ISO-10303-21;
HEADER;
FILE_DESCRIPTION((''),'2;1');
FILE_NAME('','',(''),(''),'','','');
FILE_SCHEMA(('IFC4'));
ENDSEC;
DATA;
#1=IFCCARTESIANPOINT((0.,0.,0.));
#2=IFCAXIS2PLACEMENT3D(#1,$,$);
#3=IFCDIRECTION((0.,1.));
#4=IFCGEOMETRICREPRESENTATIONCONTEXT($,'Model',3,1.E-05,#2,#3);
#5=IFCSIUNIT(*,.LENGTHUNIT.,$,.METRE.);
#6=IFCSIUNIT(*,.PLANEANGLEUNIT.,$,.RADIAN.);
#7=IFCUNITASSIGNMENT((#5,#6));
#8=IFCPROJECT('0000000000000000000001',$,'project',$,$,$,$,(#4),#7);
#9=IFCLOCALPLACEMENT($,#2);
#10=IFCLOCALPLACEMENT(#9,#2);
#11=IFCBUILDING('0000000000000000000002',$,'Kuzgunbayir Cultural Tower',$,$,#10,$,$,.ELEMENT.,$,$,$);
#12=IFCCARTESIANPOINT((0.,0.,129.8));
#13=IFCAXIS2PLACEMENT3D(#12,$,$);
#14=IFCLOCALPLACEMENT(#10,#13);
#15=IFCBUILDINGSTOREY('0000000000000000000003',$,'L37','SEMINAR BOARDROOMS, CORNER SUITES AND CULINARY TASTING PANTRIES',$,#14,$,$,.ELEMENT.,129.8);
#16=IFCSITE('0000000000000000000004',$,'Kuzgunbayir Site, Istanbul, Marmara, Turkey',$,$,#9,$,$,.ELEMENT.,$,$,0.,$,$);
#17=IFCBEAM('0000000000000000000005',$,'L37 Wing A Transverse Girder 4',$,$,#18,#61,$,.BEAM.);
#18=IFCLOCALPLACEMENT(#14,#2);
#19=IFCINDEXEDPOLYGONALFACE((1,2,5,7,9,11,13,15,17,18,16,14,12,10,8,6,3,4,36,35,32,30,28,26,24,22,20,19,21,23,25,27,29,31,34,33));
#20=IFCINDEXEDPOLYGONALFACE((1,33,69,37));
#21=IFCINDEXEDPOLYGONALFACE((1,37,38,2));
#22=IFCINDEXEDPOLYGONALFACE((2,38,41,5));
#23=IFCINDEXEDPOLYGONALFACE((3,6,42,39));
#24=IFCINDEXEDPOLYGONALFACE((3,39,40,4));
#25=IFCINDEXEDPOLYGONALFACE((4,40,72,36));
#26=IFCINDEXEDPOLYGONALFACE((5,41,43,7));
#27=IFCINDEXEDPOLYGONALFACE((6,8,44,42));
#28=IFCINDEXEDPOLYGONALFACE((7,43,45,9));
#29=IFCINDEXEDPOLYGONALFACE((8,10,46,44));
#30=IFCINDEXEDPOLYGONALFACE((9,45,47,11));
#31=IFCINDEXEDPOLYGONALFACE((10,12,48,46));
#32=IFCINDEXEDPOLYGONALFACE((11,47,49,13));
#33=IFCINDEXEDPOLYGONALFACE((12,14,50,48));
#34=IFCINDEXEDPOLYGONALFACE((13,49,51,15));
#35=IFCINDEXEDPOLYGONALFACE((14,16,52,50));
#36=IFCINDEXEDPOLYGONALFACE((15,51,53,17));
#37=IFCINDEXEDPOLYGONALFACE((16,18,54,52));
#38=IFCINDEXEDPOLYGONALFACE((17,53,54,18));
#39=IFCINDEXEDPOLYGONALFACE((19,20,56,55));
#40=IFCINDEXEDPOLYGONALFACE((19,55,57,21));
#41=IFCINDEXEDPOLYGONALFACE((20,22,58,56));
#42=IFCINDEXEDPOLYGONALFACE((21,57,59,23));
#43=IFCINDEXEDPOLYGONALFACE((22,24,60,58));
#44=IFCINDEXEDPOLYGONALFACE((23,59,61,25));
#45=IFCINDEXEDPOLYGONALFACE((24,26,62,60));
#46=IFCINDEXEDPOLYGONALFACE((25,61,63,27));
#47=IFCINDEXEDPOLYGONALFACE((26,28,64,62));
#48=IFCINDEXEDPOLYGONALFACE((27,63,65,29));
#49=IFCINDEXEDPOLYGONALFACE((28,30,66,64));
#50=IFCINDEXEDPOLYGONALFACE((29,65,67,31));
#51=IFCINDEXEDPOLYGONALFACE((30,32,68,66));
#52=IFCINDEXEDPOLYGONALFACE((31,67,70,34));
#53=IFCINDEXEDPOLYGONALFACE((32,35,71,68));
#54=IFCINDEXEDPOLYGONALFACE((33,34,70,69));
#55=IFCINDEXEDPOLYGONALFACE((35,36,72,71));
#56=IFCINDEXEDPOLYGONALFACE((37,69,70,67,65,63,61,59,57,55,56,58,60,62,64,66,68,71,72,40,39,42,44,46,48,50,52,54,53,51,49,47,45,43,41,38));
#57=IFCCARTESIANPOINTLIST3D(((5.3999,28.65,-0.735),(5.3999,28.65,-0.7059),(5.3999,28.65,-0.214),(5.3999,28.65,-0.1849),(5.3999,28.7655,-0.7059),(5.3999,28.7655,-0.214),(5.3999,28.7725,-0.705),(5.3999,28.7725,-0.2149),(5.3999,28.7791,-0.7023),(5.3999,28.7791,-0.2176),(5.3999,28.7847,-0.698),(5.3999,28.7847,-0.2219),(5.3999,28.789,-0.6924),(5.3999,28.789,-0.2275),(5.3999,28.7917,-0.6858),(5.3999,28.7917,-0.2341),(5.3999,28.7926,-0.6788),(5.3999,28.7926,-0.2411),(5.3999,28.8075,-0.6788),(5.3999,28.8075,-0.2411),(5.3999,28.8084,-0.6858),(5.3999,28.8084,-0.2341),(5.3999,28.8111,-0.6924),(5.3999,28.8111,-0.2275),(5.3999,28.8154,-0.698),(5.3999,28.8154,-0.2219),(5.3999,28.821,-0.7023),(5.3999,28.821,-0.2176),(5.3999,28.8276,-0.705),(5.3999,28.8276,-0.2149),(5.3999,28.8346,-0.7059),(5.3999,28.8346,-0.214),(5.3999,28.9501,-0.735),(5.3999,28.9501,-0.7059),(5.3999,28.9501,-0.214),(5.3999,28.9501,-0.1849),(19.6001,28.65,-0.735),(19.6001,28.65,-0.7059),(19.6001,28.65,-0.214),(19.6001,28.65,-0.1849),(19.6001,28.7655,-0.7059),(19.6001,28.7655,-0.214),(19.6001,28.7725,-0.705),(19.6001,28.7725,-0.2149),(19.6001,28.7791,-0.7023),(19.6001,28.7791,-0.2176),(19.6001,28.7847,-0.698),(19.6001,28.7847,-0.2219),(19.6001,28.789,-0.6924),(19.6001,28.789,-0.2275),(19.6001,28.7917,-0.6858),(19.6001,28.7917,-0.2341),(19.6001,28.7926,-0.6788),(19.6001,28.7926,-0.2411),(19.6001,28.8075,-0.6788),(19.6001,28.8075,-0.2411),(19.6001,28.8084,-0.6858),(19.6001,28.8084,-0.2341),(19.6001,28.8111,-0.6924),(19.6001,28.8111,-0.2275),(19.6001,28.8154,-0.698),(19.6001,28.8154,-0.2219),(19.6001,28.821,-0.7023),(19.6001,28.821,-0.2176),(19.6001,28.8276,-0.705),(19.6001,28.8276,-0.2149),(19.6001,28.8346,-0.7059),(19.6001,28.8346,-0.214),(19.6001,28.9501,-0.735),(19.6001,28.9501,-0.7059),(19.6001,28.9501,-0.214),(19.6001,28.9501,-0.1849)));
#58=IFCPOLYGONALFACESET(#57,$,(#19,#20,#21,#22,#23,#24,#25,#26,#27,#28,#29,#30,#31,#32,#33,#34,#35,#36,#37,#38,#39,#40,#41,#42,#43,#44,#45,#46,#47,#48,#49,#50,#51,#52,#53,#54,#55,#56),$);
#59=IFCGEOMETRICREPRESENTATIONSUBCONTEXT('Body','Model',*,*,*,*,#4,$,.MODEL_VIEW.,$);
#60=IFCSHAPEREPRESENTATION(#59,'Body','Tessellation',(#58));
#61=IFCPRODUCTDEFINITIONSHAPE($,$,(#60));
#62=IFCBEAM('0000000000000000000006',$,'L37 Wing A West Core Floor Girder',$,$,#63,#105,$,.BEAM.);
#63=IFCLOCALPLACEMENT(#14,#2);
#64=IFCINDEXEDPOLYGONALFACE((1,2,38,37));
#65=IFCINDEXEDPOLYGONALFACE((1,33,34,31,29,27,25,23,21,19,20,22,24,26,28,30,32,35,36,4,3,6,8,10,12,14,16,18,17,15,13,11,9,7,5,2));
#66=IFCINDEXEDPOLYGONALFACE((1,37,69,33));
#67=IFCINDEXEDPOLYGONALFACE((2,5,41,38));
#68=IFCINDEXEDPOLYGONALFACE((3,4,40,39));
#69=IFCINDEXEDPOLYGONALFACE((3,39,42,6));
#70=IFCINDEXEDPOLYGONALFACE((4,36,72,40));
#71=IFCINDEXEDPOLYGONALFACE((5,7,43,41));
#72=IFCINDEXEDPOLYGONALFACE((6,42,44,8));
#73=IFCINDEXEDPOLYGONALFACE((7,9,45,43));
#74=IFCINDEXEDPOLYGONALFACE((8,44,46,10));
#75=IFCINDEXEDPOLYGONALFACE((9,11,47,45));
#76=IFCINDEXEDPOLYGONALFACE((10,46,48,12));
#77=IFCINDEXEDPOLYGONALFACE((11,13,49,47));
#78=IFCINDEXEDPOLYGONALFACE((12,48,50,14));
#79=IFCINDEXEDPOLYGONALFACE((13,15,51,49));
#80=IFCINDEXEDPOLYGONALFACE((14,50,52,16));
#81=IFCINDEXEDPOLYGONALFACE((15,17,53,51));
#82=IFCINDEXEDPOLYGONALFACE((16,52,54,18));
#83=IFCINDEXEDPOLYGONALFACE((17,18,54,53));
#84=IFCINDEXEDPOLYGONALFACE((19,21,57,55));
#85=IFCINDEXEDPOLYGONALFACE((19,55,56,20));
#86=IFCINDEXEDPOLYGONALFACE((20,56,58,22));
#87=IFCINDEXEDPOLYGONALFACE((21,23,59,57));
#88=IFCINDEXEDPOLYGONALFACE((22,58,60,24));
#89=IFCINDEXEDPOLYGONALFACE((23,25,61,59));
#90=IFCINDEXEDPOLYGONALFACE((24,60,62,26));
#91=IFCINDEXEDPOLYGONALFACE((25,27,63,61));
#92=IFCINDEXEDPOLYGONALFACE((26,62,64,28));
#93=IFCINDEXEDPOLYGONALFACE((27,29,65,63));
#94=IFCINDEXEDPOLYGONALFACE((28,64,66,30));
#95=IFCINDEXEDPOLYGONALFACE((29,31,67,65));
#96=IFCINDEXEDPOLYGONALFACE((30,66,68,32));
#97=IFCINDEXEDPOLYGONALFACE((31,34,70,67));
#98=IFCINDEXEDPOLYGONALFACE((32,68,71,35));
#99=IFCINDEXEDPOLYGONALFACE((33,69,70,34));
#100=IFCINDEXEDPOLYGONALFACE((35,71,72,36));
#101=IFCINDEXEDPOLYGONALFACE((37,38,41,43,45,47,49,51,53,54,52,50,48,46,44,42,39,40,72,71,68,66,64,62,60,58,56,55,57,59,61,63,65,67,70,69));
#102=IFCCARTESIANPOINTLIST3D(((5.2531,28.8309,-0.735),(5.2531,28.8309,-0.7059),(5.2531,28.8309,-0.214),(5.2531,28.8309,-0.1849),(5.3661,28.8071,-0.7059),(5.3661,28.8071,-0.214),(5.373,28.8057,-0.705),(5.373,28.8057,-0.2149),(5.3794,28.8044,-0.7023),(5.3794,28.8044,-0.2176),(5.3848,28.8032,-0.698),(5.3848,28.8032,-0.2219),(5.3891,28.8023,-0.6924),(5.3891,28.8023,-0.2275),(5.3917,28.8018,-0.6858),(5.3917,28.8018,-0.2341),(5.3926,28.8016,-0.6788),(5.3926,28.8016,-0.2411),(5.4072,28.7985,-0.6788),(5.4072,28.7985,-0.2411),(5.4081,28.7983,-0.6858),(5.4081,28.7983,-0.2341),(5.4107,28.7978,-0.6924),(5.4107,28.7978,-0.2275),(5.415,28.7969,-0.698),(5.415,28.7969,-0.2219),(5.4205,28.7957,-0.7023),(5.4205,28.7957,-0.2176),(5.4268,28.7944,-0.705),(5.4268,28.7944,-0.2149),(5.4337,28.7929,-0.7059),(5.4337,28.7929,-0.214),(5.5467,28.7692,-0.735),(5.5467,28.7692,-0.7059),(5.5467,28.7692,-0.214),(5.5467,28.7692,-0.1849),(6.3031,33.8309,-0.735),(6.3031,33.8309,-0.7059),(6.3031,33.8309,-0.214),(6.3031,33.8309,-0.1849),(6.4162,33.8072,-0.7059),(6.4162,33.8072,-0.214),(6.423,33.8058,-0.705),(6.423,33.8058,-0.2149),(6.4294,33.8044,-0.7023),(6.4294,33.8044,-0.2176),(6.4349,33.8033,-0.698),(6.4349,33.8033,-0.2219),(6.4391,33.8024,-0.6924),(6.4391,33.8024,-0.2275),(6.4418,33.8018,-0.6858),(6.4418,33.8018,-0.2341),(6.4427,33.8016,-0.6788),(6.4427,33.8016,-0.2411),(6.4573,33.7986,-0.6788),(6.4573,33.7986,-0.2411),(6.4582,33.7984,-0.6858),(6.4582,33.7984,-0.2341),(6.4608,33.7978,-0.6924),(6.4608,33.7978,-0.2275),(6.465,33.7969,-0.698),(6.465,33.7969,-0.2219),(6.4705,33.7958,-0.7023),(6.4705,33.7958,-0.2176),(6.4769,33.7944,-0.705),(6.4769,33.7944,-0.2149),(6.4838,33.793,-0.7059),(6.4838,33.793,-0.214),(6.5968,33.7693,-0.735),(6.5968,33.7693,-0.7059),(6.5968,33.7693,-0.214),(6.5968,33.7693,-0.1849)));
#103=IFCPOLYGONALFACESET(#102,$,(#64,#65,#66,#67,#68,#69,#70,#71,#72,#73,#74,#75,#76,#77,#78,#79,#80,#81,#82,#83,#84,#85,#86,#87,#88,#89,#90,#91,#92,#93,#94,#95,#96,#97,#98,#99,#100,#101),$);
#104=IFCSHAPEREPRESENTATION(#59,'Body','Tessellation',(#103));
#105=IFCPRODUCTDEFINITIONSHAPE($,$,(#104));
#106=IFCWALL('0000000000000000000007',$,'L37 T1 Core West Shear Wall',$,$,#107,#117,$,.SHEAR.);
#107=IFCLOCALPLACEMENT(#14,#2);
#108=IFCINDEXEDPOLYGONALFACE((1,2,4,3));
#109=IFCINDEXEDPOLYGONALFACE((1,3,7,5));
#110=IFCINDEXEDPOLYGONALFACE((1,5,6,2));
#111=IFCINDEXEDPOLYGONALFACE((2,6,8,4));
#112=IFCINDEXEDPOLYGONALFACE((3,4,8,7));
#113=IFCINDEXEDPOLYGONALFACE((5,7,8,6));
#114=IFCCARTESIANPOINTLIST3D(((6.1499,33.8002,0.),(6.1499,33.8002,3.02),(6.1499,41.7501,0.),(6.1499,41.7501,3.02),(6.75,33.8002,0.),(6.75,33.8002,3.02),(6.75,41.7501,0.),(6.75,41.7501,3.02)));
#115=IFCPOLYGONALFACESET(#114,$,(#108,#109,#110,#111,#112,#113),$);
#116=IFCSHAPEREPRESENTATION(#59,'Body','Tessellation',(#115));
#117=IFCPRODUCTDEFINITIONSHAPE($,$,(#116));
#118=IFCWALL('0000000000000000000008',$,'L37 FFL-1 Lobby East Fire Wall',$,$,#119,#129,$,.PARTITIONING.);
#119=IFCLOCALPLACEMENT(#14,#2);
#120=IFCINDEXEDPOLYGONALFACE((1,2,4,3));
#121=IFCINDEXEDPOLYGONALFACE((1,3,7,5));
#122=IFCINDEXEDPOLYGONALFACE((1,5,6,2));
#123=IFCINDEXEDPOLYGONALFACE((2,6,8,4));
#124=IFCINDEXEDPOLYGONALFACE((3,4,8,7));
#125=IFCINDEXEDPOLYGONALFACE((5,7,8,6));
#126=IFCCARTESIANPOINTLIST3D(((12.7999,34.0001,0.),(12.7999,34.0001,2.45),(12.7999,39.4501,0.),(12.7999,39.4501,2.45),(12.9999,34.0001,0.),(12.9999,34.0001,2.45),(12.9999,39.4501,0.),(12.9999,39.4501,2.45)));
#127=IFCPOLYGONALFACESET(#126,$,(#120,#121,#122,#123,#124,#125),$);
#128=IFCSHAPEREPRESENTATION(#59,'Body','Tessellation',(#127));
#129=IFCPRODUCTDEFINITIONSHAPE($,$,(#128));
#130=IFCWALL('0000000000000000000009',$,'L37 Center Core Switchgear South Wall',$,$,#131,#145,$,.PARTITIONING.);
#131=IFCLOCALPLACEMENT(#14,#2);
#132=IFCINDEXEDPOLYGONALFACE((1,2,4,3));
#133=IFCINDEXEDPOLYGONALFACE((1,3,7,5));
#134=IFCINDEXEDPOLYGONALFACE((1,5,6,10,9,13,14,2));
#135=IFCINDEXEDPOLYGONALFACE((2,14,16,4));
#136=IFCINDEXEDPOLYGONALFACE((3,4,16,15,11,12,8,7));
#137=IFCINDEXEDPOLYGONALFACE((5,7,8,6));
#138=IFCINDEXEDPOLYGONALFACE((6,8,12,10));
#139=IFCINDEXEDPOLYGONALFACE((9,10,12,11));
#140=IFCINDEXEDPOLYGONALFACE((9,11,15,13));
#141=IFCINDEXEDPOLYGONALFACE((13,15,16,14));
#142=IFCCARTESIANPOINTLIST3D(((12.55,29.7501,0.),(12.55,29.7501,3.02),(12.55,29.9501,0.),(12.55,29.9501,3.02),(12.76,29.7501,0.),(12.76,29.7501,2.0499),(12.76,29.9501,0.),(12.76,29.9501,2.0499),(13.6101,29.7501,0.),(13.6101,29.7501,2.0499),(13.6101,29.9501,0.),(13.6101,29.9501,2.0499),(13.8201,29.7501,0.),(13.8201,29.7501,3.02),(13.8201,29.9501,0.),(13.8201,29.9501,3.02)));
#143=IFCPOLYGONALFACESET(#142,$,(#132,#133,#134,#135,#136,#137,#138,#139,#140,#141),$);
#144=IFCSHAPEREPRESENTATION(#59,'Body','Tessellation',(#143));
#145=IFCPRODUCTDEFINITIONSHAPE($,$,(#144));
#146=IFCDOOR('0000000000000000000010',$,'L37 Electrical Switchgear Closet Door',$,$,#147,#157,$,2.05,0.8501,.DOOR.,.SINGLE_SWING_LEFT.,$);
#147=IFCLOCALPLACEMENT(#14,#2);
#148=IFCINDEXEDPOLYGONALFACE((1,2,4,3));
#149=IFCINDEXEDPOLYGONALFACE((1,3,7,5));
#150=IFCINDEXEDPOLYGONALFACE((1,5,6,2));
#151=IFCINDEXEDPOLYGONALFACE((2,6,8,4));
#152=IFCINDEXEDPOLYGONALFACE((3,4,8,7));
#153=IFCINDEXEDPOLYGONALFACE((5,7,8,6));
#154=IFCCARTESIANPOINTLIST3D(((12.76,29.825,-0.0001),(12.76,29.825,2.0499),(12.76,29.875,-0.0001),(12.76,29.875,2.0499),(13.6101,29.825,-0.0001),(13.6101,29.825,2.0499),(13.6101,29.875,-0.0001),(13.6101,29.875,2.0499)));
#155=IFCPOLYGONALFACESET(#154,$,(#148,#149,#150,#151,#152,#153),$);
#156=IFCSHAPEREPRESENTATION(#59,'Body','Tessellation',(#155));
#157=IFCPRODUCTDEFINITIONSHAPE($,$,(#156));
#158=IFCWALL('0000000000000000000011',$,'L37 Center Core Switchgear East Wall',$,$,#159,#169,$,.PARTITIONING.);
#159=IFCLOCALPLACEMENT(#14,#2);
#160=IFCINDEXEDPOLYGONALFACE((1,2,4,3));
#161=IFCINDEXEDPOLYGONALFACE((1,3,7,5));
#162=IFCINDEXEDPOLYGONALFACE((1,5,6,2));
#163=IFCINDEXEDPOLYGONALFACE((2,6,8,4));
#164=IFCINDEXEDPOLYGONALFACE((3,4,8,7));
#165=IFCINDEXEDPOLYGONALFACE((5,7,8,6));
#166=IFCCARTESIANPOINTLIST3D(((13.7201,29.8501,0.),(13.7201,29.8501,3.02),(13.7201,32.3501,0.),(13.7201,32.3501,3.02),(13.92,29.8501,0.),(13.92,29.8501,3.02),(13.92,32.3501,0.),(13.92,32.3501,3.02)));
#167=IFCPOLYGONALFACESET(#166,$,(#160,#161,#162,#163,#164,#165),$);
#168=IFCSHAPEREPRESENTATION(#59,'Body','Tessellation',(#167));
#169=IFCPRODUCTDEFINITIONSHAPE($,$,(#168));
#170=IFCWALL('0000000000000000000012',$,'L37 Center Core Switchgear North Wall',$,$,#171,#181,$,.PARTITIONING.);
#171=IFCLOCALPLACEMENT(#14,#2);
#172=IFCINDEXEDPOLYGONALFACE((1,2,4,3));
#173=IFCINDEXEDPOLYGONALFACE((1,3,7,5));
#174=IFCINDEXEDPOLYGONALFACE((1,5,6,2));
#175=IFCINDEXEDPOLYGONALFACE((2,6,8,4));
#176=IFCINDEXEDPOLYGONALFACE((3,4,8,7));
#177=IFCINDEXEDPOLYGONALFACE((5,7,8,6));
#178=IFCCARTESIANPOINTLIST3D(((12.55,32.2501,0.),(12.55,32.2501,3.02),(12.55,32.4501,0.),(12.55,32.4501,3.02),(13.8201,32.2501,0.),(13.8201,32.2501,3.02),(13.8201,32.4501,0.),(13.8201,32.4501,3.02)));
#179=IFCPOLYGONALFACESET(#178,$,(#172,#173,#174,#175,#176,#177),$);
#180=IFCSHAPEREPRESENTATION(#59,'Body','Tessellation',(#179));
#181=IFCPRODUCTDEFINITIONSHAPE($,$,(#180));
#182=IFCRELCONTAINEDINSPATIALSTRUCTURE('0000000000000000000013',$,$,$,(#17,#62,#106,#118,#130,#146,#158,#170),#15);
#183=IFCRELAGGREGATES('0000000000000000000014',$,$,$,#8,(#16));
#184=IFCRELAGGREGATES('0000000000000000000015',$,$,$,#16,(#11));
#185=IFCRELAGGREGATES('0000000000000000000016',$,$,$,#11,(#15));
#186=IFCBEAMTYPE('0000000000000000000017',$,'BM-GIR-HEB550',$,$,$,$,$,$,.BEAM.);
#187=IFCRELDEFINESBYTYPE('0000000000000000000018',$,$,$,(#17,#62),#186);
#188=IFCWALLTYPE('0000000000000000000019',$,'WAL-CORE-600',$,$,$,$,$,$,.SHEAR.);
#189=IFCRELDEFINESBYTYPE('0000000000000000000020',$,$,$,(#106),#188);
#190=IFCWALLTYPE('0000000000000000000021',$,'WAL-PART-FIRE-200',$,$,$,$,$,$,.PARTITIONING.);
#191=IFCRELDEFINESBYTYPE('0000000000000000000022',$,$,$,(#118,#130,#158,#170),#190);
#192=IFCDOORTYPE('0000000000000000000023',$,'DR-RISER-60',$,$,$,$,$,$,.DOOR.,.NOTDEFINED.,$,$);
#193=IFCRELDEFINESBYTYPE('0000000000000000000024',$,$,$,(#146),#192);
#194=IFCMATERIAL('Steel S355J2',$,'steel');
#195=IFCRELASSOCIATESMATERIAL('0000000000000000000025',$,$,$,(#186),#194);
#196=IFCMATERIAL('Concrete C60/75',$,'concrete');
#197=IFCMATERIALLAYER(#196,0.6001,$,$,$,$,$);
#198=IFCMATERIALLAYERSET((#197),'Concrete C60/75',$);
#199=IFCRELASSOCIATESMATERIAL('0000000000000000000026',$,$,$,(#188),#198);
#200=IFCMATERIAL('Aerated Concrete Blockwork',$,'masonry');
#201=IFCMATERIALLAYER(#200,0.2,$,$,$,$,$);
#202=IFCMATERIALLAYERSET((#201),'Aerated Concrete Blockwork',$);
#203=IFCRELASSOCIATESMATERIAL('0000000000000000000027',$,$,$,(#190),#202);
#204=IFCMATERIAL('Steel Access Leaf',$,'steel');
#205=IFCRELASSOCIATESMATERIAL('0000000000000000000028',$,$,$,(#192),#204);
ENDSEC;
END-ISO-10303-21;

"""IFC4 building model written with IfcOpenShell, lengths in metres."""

from ifc_helpers import new_model, si_unit, direction, frame, frame_2d, origin, origin_2d, place, context, subcontext, project, spatial, rectangle, i_section, extrude, material, layer, layer_set, material_profile, profile_set, type_object, element, fill, save


model = new_model("IFC4")

# Units and contexts
model_context = context("Model", 3, precision=1e-05, world=origin(), true_north=direction((0.0, 1.0)))
body_context = subcontext(model_context, "Body", "Model", "MODEL_VIEW")
ifc_project = project(units=[si_unit("LENGTHUNIT", "METRE"), si_unit("PLANEANGLEUNIT", "RADIAN")], contexts=[model_context])

# Site, building, storey
site_placement = place(None, origin())
site = spatial("IfcSite", under=ifc_project, at=site_placement, Name="Kuzgunbayir Site, Istanbul, Marmara, Turkey", CompositionType="ELEMENT", RefElevation=0.0)
building_placement = place(site_placement, origin())
building = spatial("IfcBuilding", under=site, at=building_placement, Name="Kuzgunbayir Cultural Tower", CompositionType="ELEMENT")
storey_placement = place(building_placement, frame((0.0, 0.0, 129.8)))
storey = spatial("IfcBuildingStorey", under=building, at=storey_placement, Name="L37", Description="SEMINAR BOARDROOMS, CORNER SUITES AND CULINARY TASTING PANTRIES", CompositionType="ELEMENT", Elevation=129.8)

# Beams
ifc_material_1 = material(Name="Steel S355J2", Category="steel")
ifc_material_profile_1 = material_profile(ifc_material_1, i_section(OverallWidth=0.3, OverallDepth=0.55, WebThickness=0.0149, FlangeThickness=0.0291, FilletRadius=0.0271, at=origin_2d()), Name="HEB 550")
ifc_profile_set_1 = profile_set([ifc_material_profile_1], Name="Steel S355J2")
beam_type = type_object("IfcBeamType", Name="BM-GIR-HEB550", PredefinedType="BEAM", material=ifc_profile_set_1)
beam_1_placement = place(storey_placement, frame((5.3999, 28.8, -0.46), z_axis=(1.0, 0.0, 0.0), x_axis=(0.0, 1.0, 0.0)))
element("IfcBeam", 1, at=beam_1_placement, inside=storey, type_object=beam_type, Name="L37 Wing A Transverse Girder 4", PredefinedType="BEAM", context=body_context, shape_type="SweptSolid", body=[
    extrude(i_section(OverallWidth=0.3, OverallDepth=0.55, WebThickness=0.0149, FlangeThickness=0.0291, FilletRadius=0.0271, at=origin_2d()), origin(), (0.0, 0.0, 1.0), 14.2002),
])
beam_2_placement = place(storey_placement, frame((5.3999, 28.8, -0.46), z_axis=(0.205526, 0.978652, 0.0), x_axis=(-0.978652, 0.205526, 0.0)))
element("IfcBeam", 2, at=beam_2_placement, inside=storey, type_object=beam_type, Name="L37 Wing A West Core Floor Girder", PredefinedType="BEAM", context=body_context, shape_type="SweptSolid", body=[
    extrude(i_section(OverallWidth=0.3, OverallDepth=0.55, WebThickness=0.0149, FlangeThickness=0.0291, FilletRadius=0.0271, at=origin_2d()), origin(), (0.0, 0.0, 1.0), 5.1091),
])

# Walls
ifc_material_2 = material(Name="Concrete C60/75", Category="concrete")
ifc_layer_1 = layer(ifc_material_2, 0.6001)
ifc_layer_set_1 = layer_set([ifc_layer_1], Name="Concrete C60/75")
wall_type_1 = type_object("IfcWallType", Name="WAL-CORE-600", PredefinedType="SHEAR", material=ifc_layer_set_1)
wall_1_placement = place(storey_placement, frame((6.45, 33.8, 0.0), z_axis=(0.0, 0.0, 1.0), x_axis=(0.0, 1.0, 0.0)))
element("IfcWall", 3, at=wall_1_placement, inside=storey, type_object=wall_type_1, Name="L37 T1 Core West Shear Wall", PredefinedType="SHEAR", context=body_context, shape_type="SweptSolid", body=[
    extrude(rectangle(XDim=7.95, YDim=0.6001, at=frame_2d((3.9751, 0.0))), origin(), (0.0, 0.0, 1.0), 3.02),
])
ifc_material_3 = material(Name="Aerated Concrete Blockwork", Category="masonry")
ifc_layer_2 = layer(ifc_material_3, 0.2)
ifc_layer_set_2 = layer_set([ifc_layer_2], Name="Aerated Concrete Blockwork")
wall_type_2 = type_object("IfcWallType", Name="WAL-PART-FIRE-200", PredefinedType="PARTITIONING", material=ifc_layer_set_2)
wall_2_placement = place(storey_placement, frame((12.8999, 34.0, 0.0), z_axis=(0.0, 0.0, 1.0), x_axis=(0.0, 1.0, 0.0)))
element("IfcWall", 4, at=wall_2_placement, inside=storey, type_object=wall_type_2, Name="L37 FFL-1 Lobby East Fire Wall", PredefinedType="PARTITIONING", context=body_context, shape_type="SweptSolid", body=[
    extrude(rectangle(XDim=5.45, YDim=0.2, at=frame_2d((2.7251, 0.0))), origin(), (0.0, 0.0, 1.0), 2.45),
])

# Wall, opening, door
wall_3_placement = place(storey_placement, frame((12.55, 29.8501, 0.0), z_axis=(0.0, 0.0, 1.0), x_axis=(1.0, 0.0, 0.0)))
wall_3 = element("IfcWall", 5, at=wall_3_placement, inside=storey, type_object=wall_type_2, Name="L37 Center Core Switchgear South Wall", PredefinedType="PARTITIONING", context=body_context, shape_type="SweptSolid", body=[
    extrude(rectangle(XDim=1.27, YDim=0.2, at=frame_2d((0.635, 0.0))), origin(), (0.0, 0.0, 1.0), 3.02),
])
opening_1_placement = place(wall_3_placement, frame((0.21, 0.0, 0.0)))
opening_1 = element("IfcOpeningElement", 6, at=opening_1_placement, cuts=wall_3, PredefinedType="OPENING", context=body_context, shape_type="SweptSolid", body=[
    extrude(rectangle(XDim=0.8501, YDim=2.05, at=frame_2d((0.425, 1.0249))), frame((0.0, 0.1099, 0.0), z_axis=(0.0, -1.0, 0.0), x_axis=(1.0, 0.0, 0.0)), (0.0, 0.0, 1.0), 0.22),
])
ifc_material_4 = material(Name="Steel Access Leaf", Category="steel")
door_type_1 = type_object("IfcDoorType", Name="DR-RISER-60", OperationType="NOTDEFINED", PredefinedType="DOOR", material=ifc_material_4)
door_1_placement = place(opening_1_placement, origin())
door_1 = element("IfcDoor", 7, at=door_1_placement, inside=storey, type_object=door_type_1, Name="L37 Electrical Switchgear Closet Door", OperationType="SINGLE_SWING_LEFT", OverallHeight=2.05, OverallWidth=0.8501, PredefinedType="DOOR", context=body_context, shape_type="SweptSolid", body=[
    extrude(rectangle(XDim=0.8501, YDim=2.05, at=frame_2d((0.425, 1.0249))), frame((0.0, 0.0249, 0.0), z_axis=(0.0, -1.0, 0.0), x_axis=(1.0, 0.0, 0.0)), (0.0, 0.0, 1.0), 0.05),
])
fill(opening_1, door_1)

# Walls
wall_4_placement = place(storey_placement, frame((13.8201, 29.8501, 0.0), z_axis=(0.0, 0.0, 1.0), x_axis=(0.0, 1.0, 0.0)))
element("IfcWall", 8, at=wall_4_placement, inside=storey, type_object=wall_type_2, Name="L37 Center Core Switchgear East Wall", PredefinedType="PARTITIONING", context=body_context, shape_type="SweptSolid", body=[
    extrude(rectangle(XDim=2.5, YDim=0.2, at=frame_2d((1.25, 0.0))), origin(), (0.0, 0.0, 1.0), 3.02),
])
wall_5_placement = place(storey_placement, frame((12.55, 32.3501, 0.0), z_axis=(0.0, 0.0, 1.0), x_axis=(1.0, 0.0, 0.0)))
element("IfcWall", 9, at=wall_5_placement, inside=storey, type_object=wall_type_2, Name="L37 Center Core Switchgear North Wall", PredefinedType="PARTITIONING", context=body_context, shape_type="SweptSolid", body=[
    extrude(rectangle(XDim=1.27, YDim=0.2, at=frame_2d((0.635, 0.0))), origin(), (0.0, 0.0, 1.0), 3.02),
])

save(model, "model.ifc")
